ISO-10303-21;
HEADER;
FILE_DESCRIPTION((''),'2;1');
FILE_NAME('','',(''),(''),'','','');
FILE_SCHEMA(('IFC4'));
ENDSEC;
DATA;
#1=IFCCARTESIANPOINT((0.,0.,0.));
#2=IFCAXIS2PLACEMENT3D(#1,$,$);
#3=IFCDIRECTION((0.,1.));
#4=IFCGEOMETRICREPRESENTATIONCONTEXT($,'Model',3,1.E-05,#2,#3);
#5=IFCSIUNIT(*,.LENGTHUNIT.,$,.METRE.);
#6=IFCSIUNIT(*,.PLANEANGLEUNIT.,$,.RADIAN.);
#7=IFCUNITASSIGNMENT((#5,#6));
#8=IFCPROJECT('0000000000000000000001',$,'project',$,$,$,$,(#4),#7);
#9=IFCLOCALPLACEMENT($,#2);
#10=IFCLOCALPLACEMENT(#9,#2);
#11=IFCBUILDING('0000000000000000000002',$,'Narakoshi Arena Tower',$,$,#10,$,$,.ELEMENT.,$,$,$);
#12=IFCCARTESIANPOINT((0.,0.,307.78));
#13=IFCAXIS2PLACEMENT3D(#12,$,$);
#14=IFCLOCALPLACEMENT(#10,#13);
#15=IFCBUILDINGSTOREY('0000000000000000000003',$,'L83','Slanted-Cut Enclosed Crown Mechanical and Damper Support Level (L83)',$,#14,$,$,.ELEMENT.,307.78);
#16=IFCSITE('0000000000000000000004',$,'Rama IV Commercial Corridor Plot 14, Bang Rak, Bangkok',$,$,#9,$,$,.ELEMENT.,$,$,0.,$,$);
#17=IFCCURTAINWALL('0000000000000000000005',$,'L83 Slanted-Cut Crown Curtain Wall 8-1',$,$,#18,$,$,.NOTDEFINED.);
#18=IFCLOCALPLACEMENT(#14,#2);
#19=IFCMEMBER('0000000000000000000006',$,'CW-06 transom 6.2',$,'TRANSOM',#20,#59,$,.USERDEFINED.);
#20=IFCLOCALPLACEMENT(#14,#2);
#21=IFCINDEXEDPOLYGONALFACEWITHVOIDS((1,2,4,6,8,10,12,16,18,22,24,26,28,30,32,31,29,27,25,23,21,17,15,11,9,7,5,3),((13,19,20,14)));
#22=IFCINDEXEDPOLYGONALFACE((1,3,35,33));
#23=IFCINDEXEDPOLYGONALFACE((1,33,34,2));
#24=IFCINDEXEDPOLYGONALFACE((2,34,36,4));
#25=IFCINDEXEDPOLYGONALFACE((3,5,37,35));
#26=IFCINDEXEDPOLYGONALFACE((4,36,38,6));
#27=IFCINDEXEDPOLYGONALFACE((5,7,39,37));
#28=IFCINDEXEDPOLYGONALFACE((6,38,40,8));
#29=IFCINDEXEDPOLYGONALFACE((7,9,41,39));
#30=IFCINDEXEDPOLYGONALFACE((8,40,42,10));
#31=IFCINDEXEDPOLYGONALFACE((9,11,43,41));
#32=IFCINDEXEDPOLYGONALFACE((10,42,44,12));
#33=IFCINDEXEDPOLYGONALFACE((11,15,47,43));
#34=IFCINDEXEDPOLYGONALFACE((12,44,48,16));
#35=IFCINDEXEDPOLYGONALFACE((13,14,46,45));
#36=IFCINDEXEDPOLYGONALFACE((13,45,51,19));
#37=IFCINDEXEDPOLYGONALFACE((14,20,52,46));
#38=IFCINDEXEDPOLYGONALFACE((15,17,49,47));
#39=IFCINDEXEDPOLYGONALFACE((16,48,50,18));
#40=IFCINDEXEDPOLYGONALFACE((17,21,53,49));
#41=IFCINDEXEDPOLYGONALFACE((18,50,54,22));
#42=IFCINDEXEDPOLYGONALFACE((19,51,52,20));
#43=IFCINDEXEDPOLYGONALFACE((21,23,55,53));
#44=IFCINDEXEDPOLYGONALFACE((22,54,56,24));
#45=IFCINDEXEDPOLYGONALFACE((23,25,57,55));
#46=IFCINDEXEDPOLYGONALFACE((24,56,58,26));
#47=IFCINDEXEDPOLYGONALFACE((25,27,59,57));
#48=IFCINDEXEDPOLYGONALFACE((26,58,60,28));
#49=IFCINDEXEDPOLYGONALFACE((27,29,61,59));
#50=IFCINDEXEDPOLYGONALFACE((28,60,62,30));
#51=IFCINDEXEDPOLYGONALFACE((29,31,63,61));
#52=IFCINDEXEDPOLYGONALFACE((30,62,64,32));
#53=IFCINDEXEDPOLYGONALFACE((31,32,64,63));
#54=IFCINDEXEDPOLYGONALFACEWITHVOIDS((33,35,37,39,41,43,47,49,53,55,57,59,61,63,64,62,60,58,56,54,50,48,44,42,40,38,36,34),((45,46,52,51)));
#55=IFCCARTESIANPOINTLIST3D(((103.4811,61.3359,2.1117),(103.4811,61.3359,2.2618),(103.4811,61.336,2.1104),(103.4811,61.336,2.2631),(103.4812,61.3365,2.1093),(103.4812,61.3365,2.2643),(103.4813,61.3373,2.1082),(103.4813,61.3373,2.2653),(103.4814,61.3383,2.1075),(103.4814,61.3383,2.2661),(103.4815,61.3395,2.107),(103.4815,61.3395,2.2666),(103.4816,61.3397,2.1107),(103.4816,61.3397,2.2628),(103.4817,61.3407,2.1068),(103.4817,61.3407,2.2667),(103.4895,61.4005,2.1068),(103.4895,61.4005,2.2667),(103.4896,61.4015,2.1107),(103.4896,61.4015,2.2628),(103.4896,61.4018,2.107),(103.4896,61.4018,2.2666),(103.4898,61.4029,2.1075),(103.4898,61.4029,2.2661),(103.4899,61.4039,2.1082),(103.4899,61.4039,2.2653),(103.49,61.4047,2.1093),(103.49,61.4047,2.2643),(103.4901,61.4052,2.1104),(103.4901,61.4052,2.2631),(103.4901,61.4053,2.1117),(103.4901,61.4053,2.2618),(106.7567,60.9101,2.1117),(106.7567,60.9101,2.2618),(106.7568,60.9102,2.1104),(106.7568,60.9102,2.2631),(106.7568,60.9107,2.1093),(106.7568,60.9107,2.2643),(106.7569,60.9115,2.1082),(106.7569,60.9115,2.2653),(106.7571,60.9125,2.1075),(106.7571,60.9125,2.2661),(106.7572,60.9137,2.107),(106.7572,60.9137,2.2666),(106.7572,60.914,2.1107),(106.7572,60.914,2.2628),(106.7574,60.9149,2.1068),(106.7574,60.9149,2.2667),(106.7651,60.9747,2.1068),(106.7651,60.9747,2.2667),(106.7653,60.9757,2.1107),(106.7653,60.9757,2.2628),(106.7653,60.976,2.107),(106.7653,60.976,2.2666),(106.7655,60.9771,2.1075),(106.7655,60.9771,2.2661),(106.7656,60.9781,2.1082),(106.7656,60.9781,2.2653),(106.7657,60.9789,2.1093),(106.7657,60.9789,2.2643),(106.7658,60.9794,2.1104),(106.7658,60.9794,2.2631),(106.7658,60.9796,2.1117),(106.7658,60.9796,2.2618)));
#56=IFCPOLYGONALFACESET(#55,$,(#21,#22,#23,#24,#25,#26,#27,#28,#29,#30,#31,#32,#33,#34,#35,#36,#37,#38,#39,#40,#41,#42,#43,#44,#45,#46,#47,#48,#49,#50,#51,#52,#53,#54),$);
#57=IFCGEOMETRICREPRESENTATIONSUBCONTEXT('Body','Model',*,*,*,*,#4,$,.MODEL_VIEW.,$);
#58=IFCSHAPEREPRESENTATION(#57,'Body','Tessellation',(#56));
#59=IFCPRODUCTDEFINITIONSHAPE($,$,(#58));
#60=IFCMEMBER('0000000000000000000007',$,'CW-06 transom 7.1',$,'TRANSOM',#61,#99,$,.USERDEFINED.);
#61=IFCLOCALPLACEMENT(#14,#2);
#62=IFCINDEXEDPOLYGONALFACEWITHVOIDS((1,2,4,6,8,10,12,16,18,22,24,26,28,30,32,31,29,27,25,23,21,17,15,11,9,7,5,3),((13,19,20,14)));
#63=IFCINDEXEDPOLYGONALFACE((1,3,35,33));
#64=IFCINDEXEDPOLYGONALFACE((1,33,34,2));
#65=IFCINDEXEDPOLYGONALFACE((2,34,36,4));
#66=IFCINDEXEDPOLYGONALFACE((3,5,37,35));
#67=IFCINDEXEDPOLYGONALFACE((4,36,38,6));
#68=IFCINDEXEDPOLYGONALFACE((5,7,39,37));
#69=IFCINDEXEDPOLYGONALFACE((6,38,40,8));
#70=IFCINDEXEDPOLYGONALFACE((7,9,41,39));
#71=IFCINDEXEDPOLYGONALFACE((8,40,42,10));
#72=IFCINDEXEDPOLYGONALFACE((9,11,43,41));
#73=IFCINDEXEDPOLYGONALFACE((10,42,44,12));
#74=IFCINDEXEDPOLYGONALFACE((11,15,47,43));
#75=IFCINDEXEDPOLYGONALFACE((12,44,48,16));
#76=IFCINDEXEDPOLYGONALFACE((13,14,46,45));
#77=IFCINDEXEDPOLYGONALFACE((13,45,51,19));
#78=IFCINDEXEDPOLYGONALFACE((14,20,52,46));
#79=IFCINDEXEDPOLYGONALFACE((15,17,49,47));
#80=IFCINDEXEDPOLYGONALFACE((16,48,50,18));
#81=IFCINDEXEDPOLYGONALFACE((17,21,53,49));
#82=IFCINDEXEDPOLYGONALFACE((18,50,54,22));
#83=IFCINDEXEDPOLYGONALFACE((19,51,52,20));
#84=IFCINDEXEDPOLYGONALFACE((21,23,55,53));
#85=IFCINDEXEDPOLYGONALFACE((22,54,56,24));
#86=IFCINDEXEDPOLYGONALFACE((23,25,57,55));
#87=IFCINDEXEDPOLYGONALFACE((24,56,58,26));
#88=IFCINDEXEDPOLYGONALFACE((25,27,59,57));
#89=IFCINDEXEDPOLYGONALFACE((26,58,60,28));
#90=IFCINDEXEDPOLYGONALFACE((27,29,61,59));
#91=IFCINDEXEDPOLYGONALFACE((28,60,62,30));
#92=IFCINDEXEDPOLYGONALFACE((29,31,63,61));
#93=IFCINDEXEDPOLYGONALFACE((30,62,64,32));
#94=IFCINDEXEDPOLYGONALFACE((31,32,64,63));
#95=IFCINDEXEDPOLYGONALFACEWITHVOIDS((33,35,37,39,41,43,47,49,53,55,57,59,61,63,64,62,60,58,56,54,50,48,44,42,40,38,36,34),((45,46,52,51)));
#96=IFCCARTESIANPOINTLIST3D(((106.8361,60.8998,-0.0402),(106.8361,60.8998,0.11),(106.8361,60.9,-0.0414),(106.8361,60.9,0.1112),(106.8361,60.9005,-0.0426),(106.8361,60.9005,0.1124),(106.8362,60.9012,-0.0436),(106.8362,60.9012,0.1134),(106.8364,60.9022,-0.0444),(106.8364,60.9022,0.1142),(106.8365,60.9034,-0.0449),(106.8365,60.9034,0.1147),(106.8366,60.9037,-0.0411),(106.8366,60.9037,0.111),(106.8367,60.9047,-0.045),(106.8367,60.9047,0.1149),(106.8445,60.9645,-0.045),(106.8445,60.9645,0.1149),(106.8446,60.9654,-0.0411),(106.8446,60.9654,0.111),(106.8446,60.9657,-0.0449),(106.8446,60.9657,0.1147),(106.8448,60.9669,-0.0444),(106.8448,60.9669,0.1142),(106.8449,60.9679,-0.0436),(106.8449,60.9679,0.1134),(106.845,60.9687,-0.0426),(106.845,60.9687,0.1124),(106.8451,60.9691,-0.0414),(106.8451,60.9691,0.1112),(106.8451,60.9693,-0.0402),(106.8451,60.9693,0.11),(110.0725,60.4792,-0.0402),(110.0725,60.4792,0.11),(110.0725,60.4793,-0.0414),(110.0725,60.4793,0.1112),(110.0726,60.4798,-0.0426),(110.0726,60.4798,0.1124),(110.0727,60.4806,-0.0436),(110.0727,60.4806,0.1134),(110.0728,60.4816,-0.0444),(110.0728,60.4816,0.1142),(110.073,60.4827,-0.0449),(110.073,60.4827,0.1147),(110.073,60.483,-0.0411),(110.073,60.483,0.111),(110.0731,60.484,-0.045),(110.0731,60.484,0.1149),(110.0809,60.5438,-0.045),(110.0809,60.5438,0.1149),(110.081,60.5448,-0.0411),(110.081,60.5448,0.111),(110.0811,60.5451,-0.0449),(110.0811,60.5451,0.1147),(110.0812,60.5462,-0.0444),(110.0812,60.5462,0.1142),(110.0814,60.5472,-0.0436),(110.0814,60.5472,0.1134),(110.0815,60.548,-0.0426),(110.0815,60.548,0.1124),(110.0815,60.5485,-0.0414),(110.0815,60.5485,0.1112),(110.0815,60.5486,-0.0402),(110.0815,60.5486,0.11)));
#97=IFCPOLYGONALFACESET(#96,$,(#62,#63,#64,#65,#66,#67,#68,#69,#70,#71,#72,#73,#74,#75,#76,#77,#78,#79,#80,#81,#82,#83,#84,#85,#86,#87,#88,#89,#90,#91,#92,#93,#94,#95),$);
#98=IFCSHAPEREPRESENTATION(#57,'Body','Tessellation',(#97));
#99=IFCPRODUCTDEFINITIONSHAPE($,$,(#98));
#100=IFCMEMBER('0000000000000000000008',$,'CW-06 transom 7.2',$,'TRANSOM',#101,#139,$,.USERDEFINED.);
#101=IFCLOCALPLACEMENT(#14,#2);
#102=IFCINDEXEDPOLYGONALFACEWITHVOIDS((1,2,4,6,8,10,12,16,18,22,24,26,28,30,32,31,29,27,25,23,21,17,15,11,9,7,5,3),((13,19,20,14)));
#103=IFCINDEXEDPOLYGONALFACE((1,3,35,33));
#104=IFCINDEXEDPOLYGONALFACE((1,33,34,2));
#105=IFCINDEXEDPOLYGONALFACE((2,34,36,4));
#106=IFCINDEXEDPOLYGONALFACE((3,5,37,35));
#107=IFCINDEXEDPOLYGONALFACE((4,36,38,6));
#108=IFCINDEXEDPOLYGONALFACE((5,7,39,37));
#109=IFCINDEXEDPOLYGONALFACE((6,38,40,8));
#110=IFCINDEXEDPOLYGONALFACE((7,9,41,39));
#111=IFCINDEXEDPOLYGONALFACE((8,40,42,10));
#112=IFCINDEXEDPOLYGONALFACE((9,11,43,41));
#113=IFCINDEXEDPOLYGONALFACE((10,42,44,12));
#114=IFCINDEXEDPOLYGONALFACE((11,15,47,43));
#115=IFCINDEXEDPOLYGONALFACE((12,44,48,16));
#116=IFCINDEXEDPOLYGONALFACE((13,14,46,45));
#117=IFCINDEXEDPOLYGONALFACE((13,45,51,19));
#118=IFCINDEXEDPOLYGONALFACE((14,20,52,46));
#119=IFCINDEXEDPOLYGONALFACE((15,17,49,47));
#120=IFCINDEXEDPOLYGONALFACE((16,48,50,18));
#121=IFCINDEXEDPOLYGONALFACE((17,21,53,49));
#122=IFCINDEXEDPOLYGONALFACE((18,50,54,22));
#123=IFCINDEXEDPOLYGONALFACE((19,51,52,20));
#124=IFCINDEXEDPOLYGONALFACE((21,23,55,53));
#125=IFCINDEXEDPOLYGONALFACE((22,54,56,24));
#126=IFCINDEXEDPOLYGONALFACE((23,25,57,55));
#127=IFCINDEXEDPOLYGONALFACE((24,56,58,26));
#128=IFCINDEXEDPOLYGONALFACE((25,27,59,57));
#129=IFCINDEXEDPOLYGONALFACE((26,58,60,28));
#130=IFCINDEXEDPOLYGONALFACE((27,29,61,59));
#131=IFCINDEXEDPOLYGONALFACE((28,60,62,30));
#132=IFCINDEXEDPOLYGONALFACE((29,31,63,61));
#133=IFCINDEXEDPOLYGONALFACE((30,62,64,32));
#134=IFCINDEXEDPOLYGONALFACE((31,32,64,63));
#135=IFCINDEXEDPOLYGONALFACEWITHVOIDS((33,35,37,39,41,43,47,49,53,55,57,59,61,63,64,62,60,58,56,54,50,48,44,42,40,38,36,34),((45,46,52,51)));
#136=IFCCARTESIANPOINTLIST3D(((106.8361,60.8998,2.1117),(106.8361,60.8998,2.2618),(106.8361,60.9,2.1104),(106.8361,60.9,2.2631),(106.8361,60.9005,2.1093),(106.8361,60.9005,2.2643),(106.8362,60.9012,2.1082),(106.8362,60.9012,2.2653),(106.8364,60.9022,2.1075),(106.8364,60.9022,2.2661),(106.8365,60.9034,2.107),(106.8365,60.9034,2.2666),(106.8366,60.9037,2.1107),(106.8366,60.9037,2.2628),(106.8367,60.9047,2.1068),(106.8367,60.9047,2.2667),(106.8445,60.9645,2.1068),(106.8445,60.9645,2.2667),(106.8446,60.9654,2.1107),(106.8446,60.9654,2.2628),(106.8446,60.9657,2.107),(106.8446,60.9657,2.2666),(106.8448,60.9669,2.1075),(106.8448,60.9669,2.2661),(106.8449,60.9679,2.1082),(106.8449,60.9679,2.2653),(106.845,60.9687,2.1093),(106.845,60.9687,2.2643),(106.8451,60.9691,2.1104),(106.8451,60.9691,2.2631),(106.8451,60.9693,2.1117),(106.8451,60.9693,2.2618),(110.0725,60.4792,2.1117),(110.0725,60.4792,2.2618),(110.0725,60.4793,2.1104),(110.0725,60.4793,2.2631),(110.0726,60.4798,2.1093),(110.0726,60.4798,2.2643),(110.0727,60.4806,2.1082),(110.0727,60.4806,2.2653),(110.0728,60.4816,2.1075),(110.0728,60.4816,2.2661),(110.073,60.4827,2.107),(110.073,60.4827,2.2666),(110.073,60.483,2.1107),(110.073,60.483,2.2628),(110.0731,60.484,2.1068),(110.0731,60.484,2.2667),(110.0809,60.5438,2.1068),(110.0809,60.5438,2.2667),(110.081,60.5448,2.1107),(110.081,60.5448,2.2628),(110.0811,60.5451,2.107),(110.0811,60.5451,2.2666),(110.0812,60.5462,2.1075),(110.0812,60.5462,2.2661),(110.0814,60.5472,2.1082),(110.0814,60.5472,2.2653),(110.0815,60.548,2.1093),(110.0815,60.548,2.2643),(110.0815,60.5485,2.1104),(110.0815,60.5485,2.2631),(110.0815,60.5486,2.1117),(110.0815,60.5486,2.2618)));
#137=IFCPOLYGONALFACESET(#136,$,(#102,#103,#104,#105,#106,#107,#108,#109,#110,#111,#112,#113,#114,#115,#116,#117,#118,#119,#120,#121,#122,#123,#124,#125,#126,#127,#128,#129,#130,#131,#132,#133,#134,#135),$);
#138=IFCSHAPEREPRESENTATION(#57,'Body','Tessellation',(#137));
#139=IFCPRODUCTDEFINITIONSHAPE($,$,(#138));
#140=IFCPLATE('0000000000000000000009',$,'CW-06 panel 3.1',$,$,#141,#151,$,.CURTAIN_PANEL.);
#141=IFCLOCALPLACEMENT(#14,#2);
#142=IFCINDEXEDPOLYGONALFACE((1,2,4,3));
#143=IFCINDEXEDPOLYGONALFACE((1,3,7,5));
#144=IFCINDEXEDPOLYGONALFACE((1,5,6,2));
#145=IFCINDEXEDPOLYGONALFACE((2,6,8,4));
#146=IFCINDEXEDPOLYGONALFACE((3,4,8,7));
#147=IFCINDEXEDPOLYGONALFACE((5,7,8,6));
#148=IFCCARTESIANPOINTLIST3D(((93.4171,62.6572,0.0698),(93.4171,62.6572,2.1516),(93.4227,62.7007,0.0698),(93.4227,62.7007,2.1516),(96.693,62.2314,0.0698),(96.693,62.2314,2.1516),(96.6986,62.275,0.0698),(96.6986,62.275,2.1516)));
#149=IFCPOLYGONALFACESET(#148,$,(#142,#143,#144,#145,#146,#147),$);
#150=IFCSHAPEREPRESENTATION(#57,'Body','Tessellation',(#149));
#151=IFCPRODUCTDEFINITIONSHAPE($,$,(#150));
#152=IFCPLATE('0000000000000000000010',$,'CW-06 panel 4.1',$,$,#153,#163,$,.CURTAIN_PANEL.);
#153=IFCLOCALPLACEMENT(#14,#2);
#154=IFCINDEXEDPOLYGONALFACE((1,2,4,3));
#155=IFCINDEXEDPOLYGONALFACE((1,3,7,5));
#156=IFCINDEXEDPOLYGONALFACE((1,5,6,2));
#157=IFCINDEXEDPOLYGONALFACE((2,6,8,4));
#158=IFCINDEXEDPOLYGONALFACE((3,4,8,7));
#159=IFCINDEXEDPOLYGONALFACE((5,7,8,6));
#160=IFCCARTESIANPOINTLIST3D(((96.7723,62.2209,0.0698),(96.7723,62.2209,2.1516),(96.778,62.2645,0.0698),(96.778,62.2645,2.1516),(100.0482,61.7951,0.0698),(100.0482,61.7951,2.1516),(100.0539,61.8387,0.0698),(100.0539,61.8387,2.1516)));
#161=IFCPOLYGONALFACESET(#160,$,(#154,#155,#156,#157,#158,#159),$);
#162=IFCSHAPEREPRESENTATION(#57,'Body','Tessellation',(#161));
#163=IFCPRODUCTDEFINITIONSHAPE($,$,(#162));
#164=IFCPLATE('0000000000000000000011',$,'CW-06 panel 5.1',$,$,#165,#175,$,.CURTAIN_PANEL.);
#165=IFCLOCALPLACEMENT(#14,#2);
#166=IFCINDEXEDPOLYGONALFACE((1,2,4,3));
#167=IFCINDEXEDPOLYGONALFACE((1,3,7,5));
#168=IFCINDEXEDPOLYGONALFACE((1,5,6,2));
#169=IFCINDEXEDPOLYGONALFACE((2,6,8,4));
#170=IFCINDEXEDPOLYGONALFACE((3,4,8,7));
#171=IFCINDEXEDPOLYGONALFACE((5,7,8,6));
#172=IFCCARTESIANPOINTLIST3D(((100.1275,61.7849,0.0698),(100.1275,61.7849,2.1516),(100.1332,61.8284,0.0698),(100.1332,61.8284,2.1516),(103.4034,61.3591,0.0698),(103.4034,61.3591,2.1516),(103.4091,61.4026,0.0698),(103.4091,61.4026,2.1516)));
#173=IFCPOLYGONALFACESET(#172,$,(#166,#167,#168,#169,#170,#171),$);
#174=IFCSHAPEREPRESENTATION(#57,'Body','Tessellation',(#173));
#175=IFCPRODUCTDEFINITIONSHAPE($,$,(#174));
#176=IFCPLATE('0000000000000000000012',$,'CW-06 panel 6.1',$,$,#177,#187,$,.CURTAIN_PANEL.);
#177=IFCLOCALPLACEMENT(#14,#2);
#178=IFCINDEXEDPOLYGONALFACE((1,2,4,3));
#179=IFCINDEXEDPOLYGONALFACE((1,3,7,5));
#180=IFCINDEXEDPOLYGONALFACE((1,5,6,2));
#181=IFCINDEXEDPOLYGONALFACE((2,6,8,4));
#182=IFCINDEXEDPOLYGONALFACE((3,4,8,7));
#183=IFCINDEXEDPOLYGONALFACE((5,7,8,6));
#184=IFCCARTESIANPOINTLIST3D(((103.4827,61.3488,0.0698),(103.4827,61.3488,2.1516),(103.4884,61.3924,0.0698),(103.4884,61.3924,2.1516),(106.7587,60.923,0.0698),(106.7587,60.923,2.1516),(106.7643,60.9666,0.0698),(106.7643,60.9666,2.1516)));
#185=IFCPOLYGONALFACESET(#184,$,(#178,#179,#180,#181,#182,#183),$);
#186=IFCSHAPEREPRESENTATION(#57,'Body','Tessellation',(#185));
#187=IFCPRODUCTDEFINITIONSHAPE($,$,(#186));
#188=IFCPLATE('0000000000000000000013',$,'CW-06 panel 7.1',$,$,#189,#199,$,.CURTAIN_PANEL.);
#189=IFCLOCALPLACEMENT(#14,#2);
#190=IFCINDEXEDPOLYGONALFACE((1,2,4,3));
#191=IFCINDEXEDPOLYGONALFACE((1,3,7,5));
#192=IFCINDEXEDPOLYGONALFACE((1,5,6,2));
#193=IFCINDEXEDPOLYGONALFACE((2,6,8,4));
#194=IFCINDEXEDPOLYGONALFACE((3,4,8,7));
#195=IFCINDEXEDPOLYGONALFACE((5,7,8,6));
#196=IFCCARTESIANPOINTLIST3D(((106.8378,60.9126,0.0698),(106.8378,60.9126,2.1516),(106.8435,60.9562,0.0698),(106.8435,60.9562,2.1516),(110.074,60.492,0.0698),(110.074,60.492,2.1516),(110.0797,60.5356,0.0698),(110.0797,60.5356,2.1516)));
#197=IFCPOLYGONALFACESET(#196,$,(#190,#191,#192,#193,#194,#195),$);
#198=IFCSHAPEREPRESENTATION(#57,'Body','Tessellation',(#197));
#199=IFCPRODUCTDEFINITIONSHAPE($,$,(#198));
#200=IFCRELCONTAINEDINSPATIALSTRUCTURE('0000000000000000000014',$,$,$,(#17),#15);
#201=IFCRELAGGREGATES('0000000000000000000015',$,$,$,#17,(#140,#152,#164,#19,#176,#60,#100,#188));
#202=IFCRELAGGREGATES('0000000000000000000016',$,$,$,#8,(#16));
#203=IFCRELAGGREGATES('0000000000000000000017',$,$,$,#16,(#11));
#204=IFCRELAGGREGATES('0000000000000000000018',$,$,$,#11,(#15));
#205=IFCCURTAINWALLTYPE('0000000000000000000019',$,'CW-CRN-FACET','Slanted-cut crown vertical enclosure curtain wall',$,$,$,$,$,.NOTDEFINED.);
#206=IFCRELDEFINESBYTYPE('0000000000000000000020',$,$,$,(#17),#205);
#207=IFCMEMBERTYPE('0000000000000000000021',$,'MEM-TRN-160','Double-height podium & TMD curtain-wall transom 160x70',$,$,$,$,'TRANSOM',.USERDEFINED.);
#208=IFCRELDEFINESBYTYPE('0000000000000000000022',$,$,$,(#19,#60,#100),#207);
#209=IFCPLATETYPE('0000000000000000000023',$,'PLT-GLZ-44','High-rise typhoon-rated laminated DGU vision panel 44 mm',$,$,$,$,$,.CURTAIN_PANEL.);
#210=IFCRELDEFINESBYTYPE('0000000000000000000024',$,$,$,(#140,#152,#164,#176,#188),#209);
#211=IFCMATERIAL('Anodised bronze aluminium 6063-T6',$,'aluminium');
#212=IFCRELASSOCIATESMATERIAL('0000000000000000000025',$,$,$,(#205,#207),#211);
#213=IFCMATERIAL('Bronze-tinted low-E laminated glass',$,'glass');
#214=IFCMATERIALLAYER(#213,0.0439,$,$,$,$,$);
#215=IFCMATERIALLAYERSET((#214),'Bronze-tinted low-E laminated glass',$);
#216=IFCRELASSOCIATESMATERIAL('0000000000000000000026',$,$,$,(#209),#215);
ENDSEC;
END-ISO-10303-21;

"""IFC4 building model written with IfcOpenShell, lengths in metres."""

from ifc_helpers import new_model, si_unit, direction, frame, origin, origin_2d, place, context, subcontext, project, spatial, rectangle, hollow_rectangle, extrude, material, layer, layer_set, material_profile, profile_set, type_object, element, aggregate, save


model = new_model("IFC4")

# Units and contexts
model_context = context("Model", 3, precision=1e-05, world=origin(), true_north=direction((0.0, 1.0)))
body_context = subcontext(model_context, "Body", "Model", "MODEL_VIEW")
ifc_project = project(units=[si_unit("LENGTHUNIT", "METRE"), si_unit("PLANEANGLEUNIT", "RADIAN")], contexts=[model_context])

# Site, building, storey
site_placement = place(None, origin())
site = spatial("IfcSite", under=ifc_project, at=site_placement, Name="Rama IV Commercial Corridor Plot 14, Bang Rak, Bangkok", CompositionType="ELEMENT", RefElevation=0.0)
building_placement = place(site_placement, origin())
building = spatial("IfcBuilding", under=site, at=building_placement, Name="Narakoshi Arena Tower", CompositionType="ELEMENT")
storey_placement = place(building_placement, frame((0.0, 0.0, 307.78)))
storey = spatial("IfcBuildingStorey", under=building, at=storey_placement, Name="L83", Description="Slanted-Cut Enclosed Crown Mechanical and Damper Support Level (L83)", CompositionType="ELEMENT", Elevation=307.78)

# Curtain wall, members, plates
ifc_material_1 = material(Name="Anodised bronze aluminium 6063-T6", Category="aluminium")
curtain_wall_type = type_object("IfcCurtainWallType", Name="CW-CRN-FACET", Description="Slanted-cut crown vertical enclosure curtain wall", PredefinedType="NOTDEFINED", material=ifc_material_1)
curtain_wall_placement = place(storey_placement, origin())
curtain_wall = element("IfcCurtainWall", 1, at=curtain_wall_placement, inside=storey, type_object=curtain_wall_type, Name="L83 Slanted-Cut Crown Curtain Wall 8-1", PredefinedType="NOTDEFINED")
ifc_material_profile_1 = material_profile(ifc_material_1, hollow_rectangle(XDim=0.0701, YDim=0.1599, WallThickness=0.0039, OuterFilletRadius=0.0049, at=origin_2d()), Name="TRN160x70x4")
ifc_profile_set_1 = profile_set([ifc_material_profile_1], Name="Anodised bronze aluminium 6063-T6")
member_type_1 = type_object("IfcMemberType", Name="MEM-TRN-160", Description="Double-height podium & TMD curtain-wall transom 160x70", ElementType="TRANSOM", PredefinedType="USERDEFINED", material=ifc_profile_set_1)
member_1_placement = place(storey_placement, frame((103.4856, 61.3706, 2.1868), z_axis=(0.991658, -0.1289, 0.0), x_axis=(0.1289, 0.991658, 0.0)))
member_1 = element("IfcMember", 2, at=member_1_placement, type_object=member_type_1, Name="CW-06 transom 6.2", ObjectType="TRANSOM", PredefinedType="USERDEFINED", context=body_context, shape_type="SweptSolid", body=[
    extrude(hollow_rectangle(XDim=0.0701, YDim=0.1599, WallThickness=0.0039, OuterFilletRadius=0.0049, at=origin_2d()), origin(), (0.0, 0.0, 1.0), 3.3032),
])
member_2_placement = place(storey_placement, frame((106.8406, 60.9346, 0.0349), z_axis=(0.991658, -0.128895, 0.0), x_axis=(0.128895, 0.991658, 0.0)))
member_2 = element("IfcMember", 3, at=member_2_placement, type_object=member_type_1, Name="CW-06 transom 7.1", ObjectType="TRANSOM", PredefinedType="USERDEFINED", context=body_context, shape_type="SweptSolid", body=[
    extrude(hollow_rectangle(XDim=0.0701, YDim=0.1599, WallThickness=0.0039, OuterFilletRadius=0.0049, at=origin_2d()), origin(), (0.0, 0.0, 1.0), 3.2637),
])
member_3_placement = place(storey_placement, frame((106.8406, 60.9346, 2.1868), z_axis=(0.991658, -0.128895, 0.0), x_axis=(0.128895, 0.991658, 0.0)))
member_3 = element("IfcMember", 4, at=member_3_placement, type_object=member_type_1, Name="CW-06 transom 7.2", ObjectType="TRANSOM", PredefinedType="USERDEFINED", context=body_context, shape_type="SweptSolid", body=[
    extrude(hollow_rectangle(XDim=0.0701, YDim=0.1599, WallThickness=0.0039, OuterFilletRadius=0.0049, at=origin_2d()), origin(), (0.0, 0.0, 1.0), 3.2637),
])
ifc_material_2 = material(Name="Bronze-tinted low-E laminated glass", Category="glass")
ifc_layer_1 = layer(ifc_material_2, 0.0439)
ifc_layer_set_1 = layer_set([ifc_layer_1], Name="Bronze-tinted low-E laminated glass")
plate_type = type_object("IfcPlateType", Name="PLT-GLZ-44", Description="High-rise typhoon-rated laminated DGU vision panel 44 mm", PredefinedType="CURTAIN_PANEL", material=ifc_layer_set_1)
plate_1_placement = place(storey_placement, frame((95.0579, 62.4661, 0.0698), z_axis=(0.0, 0.0, 1.0), x_axis=(0.991659, -0.12889, 0.0)))
plate_1 = element("IfcPlate", 5, at=plate_1_placement, type_object=plate_type, Name="CW-06 panel 3.1", PredefinedType="CURTAIN_PANEL", context=body_context, shape_type="SweptSolid", body=[
    extrude(rectangle(XDim=3.3035, YDim=0.0439, at=origin_2d()), origin(), (0.0, 0.0, 1.0), 2.0818),
])
plate_2_placement = place(storey_placement, frame((98.4131, 62.0298, 0.0698), z_axis=(0.0, 0.0, 1.0), x_axis=(0.991659, -0.12889, 0.0)))
plate_2 = element("IfcPlate", 6, at=plate_2_placement, type_object=plate_type, Name="CW-06 panel 4.1", PredefinedType="CURTAIN_PANEL", context=body_context, shape_type="SweptSolid", body=[
    extrude(rectangle(XDim=3.3035, YDim=0.0439, at=origin_2d()), origin(), (0.0, 0.0, 1.0), 2.0818),
])
plate_3_placement = place(storey_placement, frame((101.7683, 61.5938, 0.0698), z_axis=(0.0, 0.0, 1.0), x_axis=(0.991659, -0.12889, 0.0)))
plate_3 = element("IfcPlate", 7, at=plate_3_placement, type_object=plate_type, Name="CW-06 panel 5.1", PredefinedType="CURTAIN_PANEL", context=body_context, shape_type="SweptSolid", body=[
    extrude(rectangle(XDim=3.3035, YDim=0.0439, at=origin_2d()), origin(), (0.0, 0.0, 1.0), 2.0818),
])
plate_4_placement = place(storey_placement, frame((105.1235, 61.1577, 0.0698), z_axis=(0.0, 0.0, 1.0), x_axis=(0.991659, -0.12889, 0.0)))
plate_4 = element("IfcPlate", 8, at=plate_4_placement, type_object=plate_type, Name="CW-06 panel 6.1", PredefinedType="CURTAIN_PANEL", context=body_context, shape_type="SweptSolid", body=[
    extrude(rectangle(XDim=3.3035, YDim=0.0439, at=origin_2d()), origin(), (0.0, 0.0, 1.0), 2.0818),
])
plate_5_placement = place(storey_placement, frame((108.4587, 60.7241, 0.0698), z_axis=(0.0, 0.0, 1.0), x_axis=(0.991659, -0.12889, 0.0)))
plate_5 = element("IfcPlate", 9, at=plate_5_placement, type_object=plate_type, Name="CW-06 panel 7.1", PredefinedType="CURTAIN_PANEL", context=body_context, shape_type="SweptSolid", body=[
    extrude(rectangle(XDim=3.2634, YDim=0.0439, at=origin_2d()), origin(), (0.0, 0.0, 1.0), 2.0818),
])
aggregate(curtain_wall, [plate_1, plate_2, plate_3, member_1, plate_4, member_2, member_3, plate_5])

save(model, "model.ifc")
